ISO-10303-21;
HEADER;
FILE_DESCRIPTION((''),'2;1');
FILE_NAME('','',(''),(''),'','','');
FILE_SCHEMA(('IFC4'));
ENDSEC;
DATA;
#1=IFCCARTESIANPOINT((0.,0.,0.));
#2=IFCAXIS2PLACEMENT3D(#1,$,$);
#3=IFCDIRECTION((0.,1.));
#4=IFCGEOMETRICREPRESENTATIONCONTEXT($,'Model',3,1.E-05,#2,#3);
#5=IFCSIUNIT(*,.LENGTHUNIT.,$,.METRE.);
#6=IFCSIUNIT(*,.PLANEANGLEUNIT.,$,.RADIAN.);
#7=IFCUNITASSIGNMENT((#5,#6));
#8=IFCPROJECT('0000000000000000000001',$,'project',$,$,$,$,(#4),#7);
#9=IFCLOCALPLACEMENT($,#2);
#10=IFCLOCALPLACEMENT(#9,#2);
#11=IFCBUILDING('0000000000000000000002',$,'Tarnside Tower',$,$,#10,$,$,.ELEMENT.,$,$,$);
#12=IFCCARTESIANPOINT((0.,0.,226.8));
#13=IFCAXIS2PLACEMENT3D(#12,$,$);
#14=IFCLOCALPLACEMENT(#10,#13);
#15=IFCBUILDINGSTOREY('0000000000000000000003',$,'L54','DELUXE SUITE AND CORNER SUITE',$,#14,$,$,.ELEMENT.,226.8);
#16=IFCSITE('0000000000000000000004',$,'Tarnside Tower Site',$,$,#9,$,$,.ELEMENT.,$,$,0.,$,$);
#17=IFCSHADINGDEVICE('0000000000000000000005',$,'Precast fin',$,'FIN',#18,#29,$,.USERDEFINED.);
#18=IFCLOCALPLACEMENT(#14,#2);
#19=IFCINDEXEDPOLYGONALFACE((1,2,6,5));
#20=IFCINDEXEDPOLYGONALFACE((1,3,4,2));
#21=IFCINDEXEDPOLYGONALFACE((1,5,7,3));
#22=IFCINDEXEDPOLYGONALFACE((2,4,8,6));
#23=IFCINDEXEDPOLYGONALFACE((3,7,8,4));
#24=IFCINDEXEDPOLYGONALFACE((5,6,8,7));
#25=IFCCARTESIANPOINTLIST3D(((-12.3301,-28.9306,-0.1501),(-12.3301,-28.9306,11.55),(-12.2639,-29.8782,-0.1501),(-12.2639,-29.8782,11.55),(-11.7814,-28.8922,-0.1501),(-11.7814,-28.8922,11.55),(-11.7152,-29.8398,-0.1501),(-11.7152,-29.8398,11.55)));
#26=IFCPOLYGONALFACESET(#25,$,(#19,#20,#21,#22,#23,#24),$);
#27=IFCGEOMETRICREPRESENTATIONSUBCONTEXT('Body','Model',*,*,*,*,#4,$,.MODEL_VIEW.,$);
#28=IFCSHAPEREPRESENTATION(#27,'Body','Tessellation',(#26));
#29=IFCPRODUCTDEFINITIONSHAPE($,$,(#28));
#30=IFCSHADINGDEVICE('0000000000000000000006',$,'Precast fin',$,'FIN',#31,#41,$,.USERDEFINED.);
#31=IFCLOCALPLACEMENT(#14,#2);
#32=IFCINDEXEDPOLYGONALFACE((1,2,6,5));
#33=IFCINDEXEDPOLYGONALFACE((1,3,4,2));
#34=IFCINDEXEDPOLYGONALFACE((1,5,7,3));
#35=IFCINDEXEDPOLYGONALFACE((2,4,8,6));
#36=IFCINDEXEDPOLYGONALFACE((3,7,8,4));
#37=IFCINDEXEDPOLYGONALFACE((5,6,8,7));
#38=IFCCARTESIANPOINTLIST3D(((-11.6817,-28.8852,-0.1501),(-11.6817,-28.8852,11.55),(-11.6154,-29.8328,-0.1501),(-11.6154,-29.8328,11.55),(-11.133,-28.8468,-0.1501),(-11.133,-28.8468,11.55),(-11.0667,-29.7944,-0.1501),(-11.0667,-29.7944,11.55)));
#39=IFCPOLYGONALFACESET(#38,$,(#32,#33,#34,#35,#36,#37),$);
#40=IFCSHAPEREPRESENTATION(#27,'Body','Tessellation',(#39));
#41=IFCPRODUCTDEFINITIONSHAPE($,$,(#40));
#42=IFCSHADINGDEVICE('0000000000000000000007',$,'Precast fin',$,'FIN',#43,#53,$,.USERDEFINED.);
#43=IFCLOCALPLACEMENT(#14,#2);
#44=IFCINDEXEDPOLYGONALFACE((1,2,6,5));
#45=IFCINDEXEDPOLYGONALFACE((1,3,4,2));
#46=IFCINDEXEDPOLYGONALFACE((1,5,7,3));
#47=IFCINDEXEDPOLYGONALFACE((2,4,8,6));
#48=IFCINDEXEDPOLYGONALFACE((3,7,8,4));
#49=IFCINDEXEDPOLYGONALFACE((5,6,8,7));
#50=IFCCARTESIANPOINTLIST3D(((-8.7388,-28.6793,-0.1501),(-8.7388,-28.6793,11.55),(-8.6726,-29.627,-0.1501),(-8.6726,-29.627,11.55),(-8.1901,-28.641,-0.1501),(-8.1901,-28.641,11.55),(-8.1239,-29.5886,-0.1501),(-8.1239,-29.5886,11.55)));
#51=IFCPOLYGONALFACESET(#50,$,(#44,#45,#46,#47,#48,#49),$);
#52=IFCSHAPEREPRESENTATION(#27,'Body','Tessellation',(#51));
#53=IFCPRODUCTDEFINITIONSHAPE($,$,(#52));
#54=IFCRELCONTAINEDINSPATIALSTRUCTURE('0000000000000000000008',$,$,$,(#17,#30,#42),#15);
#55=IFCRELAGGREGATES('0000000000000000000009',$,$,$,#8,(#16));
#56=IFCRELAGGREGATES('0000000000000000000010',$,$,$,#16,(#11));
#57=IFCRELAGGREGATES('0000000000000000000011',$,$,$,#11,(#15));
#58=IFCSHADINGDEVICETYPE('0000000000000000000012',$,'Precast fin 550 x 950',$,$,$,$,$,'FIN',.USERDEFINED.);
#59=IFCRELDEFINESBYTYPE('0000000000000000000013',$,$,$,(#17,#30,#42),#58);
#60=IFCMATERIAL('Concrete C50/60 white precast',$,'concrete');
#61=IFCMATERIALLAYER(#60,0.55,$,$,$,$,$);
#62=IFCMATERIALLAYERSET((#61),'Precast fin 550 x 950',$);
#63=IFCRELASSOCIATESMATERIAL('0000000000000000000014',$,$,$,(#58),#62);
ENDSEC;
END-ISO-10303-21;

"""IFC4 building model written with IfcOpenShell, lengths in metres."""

from ifc_helpers import new_model, si_unit, direction, frame, origin, place, context, subcontext, project, spatial, polyline, outline, extrude, material, layer, layer_set, type_object, element, save


model = new_model("IFC4")

# Units and contexts
model_context = context("Model", 3, precision=1e-05, world=origin(), true_north=direction((0.0, 1.0)))
body_context = subcontext(model_context, "Body", "Model", "MODEL_VIEW")
ifc_project = project(units=[si_unit("LENGTHUNIT", "METRE"), si_unit("PLANEANGLEUNIT", "RADIAN")], contexts=[model_context])

# Site, building, storey
site_placement = place(None, origin())
site = spatial("IfcSite", under=ifc_project, at=site_placement, Name="Tarnside Tower Site", CompositionType="ELEMENT", RefElevation=0.0)
building_placement = place(site_placement, origin())
building = spatial("IfcBuilding", under=site, at=building_placement, Name="Tarnside Tower", CompositionType="ELEMENT")
storey_placement = place(building_placement, frame((0.0, 0.0, 226.8)))
storey = spatial("IfcBuildingStorey", under=building, at=storey_placement, Name="L54", Description="DELUXE SUITE AND CORNER SUITE", CompositionType="ELEMENT", Elevation=226.8)

# Shading devices
ifc_material_1 = material(Name="Concrete C50/60 white precast", Category="concrete")
ifc_layer_1 = layer(ifc_material_1, 0.55)
ifc_layer_set_1 = layer_set([ifc_layer_1], Name="Precast fin 550 x 950")
shading_device_type_1 = type_object("IfcShadingDeviceType", Name="Precast fin 550 x 950", ElementType="FIN", PredefinedType="USERDEFINED", material=ifc_layer_set_1)
for number, where, z_axis, x_axis, name in (
    (1, (-12.0557, -28.9114, -0.1501), (-0.997564, -0.069756, 0.0), (0.069756, -0.997564, 0.0), "Precast fin"),
    (2, (-11.4072, -28.866, -0.1501), (-0.997564, -0.069756, 0.0), (0.069756, -0.997564, 0.0), "Precast fin"),
    (3, (-8.4644, -28.6602, -0.1501), (-0.997564, -0.069756, 0.0), (0.069756, -0.997564, 0.0), "Precast fin"),
):
    element("IfcShadingDevice", number, at=place(storey_placement, frame(where, z_axis=z_axis, x_axis=x_axis)), inside=storey, type_object=shading_device_type_1, Name=name, ObjectType="FIN", PredefinedType="USERDEFINED", context=body_context, shape_type="SweptSolid", body=[
        extrude(outline(polyline([(0.0, 0.0), (0.95, 0.0), (0.95, 11.7002), (0.0, 11.7002), (0.0, 0.0)])), frame((0.0, 0.0, -0.2749)), (0.0, 0.0, 1.0), 0.55),
    ])

save(model, "model.ifc")
